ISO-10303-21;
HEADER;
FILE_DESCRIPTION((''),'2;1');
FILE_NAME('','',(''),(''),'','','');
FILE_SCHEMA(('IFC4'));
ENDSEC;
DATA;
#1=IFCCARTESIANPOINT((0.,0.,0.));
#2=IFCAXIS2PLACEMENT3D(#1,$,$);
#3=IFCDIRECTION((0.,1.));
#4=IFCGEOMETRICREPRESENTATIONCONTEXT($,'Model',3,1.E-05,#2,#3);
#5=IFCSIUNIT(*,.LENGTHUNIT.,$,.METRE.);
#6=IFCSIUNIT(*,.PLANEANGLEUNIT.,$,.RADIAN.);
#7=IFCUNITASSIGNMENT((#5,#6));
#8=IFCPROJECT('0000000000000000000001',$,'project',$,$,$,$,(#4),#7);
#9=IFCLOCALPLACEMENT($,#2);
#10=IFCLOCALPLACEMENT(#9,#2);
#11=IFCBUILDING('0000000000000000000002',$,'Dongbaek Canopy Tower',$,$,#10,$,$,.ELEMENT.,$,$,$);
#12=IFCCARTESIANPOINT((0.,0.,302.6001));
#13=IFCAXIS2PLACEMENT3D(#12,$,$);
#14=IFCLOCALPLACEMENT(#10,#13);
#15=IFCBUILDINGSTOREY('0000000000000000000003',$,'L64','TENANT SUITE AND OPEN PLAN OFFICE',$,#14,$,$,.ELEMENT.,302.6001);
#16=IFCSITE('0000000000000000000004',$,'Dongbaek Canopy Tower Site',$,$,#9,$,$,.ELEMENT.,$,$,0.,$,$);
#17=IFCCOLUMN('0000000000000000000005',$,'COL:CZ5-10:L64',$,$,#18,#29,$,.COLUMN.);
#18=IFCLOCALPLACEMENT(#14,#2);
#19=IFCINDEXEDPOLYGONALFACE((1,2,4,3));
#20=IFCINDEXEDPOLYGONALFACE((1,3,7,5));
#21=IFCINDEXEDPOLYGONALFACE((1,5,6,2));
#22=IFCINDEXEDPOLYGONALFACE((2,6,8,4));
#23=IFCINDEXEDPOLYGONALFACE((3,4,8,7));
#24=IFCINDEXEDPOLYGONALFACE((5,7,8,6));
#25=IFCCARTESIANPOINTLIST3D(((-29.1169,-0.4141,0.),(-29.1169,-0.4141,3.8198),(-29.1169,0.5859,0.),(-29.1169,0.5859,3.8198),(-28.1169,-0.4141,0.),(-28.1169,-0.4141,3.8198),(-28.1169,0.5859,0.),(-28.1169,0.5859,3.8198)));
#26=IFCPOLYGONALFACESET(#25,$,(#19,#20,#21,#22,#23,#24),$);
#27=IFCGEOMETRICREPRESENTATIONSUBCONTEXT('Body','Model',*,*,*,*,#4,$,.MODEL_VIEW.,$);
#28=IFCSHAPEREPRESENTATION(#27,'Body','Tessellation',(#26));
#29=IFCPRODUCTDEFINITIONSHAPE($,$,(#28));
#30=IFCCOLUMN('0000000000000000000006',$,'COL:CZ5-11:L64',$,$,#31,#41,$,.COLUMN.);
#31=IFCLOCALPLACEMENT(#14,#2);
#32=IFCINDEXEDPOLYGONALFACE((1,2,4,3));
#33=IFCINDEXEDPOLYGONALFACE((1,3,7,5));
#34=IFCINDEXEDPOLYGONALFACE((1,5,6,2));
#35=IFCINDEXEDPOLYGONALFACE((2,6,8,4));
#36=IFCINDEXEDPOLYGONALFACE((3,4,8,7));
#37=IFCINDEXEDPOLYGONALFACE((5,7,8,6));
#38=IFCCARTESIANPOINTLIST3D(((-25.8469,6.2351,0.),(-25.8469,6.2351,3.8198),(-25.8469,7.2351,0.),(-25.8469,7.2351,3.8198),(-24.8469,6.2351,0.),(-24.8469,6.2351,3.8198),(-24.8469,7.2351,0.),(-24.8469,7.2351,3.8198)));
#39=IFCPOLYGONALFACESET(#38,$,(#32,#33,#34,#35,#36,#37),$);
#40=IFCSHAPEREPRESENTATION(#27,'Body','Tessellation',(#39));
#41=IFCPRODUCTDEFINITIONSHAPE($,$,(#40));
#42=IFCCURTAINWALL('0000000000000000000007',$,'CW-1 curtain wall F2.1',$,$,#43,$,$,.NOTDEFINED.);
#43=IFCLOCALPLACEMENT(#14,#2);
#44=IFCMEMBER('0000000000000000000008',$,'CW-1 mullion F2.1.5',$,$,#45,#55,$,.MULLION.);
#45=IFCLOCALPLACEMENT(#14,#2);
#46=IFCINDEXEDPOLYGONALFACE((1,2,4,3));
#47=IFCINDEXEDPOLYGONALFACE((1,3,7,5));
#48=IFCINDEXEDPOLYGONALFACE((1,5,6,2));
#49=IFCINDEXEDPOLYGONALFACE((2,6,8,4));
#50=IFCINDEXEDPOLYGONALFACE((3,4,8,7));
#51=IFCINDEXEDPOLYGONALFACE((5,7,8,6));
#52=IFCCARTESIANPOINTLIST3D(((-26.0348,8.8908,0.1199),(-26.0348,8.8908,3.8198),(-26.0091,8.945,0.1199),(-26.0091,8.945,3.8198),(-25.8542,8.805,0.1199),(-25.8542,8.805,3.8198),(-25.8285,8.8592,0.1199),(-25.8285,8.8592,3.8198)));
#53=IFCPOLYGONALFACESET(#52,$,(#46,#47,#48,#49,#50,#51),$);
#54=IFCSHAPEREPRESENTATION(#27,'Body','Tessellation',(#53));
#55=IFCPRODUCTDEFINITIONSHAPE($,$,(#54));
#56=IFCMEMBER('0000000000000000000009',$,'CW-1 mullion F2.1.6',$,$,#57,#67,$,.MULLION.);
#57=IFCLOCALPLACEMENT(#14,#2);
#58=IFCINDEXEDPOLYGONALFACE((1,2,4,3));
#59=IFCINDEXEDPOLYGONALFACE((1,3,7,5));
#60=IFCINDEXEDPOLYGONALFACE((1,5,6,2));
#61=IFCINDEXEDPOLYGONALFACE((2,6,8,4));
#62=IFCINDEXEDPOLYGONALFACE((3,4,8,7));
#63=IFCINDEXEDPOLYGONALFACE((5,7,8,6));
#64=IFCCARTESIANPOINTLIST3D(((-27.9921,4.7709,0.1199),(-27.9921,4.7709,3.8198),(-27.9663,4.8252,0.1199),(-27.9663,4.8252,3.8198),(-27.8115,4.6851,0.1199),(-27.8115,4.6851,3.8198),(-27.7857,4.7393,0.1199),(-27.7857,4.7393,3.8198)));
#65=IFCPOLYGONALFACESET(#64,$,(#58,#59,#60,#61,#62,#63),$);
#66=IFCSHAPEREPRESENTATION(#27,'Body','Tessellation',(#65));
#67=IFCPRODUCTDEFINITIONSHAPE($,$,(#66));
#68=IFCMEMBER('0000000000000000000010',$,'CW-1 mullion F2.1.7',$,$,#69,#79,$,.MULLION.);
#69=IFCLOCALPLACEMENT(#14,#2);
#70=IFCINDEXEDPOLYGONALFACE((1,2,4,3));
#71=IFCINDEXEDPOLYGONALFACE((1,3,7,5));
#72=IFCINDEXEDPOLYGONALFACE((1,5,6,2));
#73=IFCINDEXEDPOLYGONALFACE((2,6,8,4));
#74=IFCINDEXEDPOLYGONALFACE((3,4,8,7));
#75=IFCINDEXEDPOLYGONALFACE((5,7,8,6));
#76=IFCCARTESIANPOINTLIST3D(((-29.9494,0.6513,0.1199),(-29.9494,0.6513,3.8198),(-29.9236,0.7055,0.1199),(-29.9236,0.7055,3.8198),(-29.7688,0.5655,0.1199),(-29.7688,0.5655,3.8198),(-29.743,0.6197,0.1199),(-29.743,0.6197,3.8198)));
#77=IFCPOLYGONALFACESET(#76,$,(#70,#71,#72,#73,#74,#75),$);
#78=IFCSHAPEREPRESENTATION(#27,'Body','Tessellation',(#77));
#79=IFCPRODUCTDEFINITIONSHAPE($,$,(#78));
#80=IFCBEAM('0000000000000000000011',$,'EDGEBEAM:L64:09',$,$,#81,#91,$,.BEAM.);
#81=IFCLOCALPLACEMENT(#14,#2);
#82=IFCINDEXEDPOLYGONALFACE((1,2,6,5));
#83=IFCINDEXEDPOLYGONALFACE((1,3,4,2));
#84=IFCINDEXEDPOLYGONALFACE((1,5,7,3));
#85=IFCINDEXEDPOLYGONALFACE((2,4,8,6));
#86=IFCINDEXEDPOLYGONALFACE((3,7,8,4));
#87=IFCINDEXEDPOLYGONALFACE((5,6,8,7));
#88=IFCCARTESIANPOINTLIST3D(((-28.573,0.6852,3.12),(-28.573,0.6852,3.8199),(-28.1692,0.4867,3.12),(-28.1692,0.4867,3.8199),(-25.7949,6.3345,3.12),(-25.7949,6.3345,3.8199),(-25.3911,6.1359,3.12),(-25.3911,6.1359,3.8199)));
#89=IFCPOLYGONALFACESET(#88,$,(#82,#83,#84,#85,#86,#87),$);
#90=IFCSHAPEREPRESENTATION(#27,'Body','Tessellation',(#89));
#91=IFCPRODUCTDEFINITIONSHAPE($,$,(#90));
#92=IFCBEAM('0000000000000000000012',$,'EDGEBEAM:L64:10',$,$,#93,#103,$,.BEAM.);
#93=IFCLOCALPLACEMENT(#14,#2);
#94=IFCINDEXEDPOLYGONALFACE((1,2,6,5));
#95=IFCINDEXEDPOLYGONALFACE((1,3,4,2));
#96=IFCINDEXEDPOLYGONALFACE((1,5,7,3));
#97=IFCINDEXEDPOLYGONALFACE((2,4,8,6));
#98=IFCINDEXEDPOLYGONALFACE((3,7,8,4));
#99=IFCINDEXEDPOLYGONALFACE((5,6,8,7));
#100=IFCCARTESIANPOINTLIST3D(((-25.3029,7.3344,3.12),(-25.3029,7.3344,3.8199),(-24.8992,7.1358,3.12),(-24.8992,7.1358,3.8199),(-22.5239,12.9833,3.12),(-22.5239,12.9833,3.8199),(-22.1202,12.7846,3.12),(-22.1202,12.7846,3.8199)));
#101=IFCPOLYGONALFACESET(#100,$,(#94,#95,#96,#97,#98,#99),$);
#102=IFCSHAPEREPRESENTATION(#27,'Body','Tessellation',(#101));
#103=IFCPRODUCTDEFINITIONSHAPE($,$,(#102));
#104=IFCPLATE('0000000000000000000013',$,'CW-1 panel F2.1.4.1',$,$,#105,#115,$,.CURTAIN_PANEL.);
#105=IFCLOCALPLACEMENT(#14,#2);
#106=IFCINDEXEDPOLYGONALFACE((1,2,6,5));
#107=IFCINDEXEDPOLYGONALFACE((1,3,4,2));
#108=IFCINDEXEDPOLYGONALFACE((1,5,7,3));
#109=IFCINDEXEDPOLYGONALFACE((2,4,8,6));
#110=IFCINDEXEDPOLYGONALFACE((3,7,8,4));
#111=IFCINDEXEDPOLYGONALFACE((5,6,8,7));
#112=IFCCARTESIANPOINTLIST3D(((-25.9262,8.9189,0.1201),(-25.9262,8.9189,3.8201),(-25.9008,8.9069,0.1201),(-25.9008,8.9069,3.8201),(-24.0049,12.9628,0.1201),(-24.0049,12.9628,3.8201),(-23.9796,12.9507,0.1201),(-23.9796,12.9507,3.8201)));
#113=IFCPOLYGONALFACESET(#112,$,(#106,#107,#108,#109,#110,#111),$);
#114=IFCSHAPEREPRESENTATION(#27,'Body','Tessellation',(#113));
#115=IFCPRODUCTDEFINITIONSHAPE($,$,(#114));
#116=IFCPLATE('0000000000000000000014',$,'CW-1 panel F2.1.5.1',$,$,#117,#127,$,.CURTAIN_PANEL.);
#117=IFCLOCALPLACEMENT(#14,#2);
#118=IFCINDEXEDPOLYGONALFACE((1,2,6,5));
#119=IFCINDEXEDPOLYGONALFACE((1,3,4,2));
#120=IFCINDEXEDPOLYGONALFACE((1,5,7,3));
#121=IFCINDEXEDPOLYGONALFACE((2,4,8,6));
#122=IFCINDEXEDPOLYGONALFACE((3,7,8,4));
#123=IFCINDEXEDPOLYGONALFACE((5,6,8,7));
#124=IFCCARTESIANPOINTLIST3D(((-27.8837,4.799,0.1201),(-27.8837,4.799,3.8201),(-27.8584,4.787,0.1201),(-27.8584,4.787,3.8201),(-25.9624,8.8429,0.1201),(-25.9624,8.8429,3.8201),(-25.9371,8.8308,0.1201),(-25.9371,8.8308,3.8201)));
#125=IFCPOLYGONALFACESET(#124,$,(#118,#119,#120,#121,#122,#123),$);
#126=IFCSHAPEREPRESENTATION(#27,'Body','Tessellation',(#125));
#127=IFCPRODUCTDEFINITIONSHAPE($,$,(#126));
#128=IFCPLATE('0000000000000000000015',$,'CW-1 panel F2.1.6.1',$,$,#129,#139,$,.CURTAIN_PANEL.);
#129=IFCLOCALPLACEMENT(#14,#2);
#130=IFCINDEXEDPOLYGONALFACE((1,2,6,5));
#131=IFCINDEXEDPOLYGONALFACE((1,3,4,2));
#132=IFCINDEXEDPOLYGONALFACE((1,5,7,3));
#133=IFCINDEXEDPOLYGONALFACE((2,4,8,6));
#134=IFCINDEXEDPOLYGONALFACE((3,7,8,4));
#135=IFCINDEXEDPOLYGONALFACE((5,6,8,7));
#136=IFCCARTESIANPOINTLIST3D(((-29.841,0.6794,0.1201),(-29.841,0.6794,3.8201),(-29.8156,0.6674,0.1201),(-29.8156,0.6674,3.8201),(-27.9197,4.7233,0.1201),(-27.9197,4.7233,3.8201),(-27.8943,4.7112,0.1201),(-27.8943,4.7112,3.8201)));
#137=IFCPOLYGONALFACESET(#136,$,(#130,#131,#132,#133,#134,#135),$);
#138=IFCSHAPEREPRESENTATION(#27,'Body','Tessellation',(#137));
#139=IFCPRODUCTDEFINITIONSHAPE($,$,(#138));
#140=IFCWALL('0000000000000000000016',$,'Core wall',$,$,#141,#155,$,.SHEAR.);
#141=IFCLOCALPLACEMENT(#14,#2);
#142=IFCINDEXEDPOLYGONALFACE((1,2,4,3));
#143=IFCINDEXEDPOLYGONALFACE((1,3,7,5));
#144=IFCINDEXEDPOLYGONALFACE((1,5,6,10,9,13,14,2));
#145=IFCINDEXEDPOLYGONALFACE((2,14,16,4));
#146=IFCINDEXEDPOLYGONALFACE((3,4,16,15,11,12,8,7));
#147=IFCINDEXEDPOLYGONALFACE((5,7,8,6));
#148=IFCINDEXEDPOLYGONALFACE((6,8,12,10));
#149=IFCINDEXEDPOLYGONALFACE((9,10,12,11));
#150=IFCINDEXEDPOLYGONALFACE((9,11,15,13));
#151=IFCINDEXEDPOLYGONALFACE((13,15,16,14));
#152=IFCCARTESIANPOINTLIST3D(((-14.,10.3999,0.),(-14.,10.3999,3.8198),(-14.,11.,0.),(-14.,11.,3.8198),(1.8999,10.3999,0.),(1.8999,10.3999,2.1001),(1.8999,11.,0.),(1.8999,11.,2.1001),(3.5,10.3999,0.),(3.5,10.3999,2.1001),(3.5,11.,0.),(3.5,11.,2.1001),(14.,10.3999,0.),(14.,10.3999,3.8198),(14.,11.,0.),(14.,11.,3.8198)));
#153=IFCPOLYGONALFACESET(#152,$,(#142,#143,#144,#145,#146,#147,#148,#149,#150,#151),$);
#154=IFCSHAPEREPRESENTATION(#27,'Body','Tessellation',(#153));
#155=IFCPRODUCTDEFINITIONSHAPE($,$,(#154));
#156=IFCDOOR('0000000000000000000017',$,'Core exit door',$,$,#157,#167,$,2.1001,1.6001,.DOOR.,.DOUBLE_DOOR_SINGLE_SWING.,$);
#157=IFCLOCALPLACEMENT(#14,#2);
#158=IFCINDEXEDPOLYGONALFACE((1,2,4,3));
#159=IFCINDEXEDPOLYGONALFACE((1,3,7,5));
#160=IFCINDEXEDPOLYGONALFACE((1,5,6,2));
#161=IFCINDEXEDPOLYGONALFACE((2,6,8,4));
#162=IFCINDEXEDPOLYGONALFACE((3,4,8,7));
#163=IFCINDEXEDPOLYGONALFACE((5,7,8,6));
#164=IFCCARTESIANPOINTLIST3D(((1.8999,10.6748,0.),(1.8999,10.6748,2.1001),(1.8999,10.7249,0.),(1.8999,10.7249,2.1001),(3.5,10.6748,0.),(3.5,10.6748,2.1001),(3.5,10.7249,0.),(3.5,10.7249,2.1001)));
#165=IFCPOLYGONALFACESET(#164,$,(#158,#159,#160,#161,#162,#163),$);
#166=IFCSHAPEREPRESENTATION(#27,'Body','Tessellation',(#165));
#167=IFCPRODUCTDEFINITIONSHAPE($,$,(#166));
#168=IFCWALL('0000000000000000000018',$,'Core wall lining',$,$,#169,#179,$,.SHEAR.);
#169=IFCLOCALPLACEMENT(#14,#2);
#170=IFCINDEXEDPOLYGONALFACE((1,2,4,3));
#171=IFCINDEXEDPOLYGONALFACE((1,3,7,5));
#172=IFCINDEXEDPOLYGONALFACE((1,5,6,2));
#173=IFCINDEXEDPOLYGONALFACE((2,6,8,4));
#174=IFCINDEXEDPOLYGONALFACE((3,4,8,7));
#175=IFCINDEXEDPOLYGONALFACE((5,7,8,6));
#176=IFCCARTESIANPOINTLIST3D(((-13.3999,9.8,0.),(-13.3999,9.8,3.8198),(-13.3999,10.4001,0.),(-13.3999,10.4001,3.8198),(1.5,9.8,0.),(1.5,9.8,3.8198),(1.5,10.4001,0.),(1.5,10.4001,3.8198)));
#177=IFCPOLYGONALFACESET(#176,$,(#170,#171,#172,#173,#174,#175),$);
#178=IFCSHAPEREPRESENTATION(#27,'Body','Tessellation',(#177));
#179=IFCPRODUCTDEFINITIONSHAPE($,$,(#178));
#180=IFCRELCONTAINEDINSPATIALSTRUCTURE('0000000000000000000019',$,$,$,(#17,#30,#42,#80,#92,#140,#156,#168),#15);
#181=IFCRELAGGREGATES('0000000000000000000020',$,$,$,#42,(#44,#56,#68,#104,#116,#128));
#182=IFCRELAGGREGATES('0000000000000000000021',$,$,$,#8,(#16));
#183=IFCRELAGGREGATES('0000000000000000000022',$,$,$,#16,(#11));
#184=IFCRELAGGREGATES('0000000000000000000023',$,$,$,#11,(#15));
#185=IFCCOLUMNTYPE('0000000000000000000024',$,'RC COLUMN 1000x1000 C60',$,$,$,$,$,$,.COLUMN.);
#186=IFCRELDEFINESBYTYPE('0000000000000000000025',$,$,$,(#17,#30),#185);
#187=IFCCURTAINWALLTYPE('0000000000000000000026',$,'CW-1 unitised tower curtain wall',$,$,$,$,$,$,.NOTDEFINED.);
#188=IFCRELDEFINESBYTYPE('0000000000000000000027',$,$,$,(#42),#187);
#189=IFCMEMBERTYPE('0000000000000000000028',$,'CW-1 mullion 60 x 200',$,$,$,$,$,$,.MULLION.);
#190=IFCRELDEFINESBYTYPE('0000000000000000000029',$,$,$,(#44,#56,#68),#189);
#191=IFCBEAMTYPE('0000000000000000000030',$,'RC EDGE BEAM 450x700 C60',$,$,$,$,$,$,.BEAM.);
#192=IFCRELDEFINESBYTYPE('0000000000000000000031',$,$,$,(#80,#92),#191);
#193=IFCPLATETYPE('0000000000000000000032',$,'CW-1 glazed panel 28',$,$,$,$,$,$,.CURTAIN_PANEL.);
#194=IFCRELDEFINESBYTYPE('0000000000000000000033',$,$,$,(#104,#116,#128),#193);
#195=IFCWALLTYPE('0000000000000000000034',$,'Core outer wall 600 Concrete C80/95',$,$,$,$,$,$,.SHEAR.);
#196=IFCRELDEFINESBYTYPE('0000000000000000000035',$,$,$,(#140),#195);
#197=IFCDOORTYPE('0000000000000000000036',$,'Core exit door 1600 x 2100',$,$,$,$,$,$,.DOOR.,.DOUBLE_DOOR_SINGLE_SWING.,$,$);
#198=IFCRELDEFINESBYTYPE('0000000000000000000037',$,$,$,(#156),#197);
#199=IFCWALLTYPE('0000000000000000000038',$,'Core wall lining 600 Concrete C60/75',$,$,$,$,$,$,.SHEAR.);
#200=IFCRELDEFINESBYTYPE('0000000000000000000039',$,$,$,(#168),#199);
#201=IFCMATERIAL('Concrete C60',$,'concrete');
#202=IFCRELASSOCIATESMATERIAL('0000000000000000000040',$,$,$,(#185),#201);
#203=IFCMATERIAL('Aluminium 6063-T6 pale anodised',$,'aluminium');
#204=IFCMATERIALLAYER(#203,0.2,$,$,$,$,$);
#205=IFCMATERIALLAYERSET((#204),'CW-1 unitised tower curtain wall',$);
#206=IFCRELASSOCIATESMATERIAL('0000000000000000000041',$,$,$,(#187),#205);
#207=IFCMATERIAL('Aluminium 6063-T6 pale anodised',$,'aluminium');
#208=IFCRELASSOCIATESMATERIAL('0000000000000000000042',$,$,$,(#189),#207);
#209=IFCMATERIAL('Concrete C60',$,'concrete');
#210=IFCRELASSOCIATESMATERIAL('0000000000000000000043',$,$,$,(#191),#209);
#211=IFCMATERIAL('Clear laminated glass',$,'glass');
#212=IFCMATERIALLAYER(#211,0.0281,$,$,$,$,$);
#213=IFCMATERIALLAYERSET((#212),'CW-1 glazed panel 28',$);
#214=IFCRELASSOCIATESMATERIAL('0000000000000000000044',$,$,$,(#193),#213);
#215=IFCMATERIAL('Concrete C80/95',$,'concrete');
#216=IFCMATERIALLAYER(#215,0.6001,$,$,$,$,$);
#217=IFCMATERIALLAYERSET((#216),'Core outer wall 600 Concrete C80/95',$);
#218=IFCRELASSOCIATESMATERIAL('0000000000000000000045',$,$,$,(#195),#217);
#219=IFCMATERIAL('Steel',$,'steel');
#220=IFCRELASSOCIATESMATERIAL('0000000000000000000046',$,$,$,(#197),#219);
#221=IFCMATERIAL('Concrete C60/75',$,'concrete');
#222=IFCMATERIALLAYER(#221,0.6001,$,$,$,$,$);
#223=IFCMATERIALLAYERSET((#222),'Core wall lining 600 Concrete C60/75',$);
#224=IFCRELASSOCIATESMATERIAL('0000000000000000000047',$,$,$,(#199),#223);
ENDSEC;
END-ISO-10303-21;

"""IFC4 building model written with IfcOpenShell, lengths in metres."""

from ifc_helpers import new_model, si_unit, direction, frame, frame_2d, origin, origin_2d, place, context, subcontext, project, spatial, rectangle, extrude, material, layer, layer_set, material_profile, profile_set, type_object, element, fill, aggregate, save


model = new_model("IFC4")

# Units and contexts
model_context = context("Model", 3, precision=1e-05, world=origin(), true_north=direction((0.0, 1.0)))
body_context = subcontext(model_context, "Body", "Model", "MODEL_VIEW")
ifc_project = project(units=[si_unit("LENGTHUNIT", "METRE"), si_unit("PLANEANGLEUNIT", "RADIAN")], contexts=[model_context])

# Site, building, storey
site_placement = place(None, origin())
site = spatial("IfcSite", under=ifc_project, at=site_placement, Name="Dongbaek Canopy Tower Site", CompositionType="ELEMENT", RefElevation=0.0)
building_placement = place(site_placement, origin())
building = spatial("IfcBuilding", under=site, at=building_placement, Name="Dongbaek Canopy Tower", CompositionType="ELEMENT")
storey_placement = place(building_placement, frame((0.0, 0.0, 302.6001)))
storey = spatial("IfcBuildingStorey", under=building, at=storey_placement, Name="L64", Description="TENANT SUITE AND OPEN PLAN OFFICE", CompositionType="ELEMENT", Elevation=302.6001)

# Columns
ifc_material_1 = material(Name="Concrete C60", Category="concrete")
ifc_material_profile_1 = material_profile(ifc_material_1, rectangle(XDim=1.0, YDim=1.0, at=origin_2d()), Name="RC COLUMN 1000x1000 C60")
ifc_profile_set_1 = profile_set([ifc_material_profile_1], Name="Concrete C60")
column_type = type_object("IfcColumnType", Name="RC COLUMN 1000x1000 C60", PredefinedType="COLUMN", material=ifc_profile_set_1)
for number, where, z_axis, x_axis, name in (
    (1, (-28.6169, 0.0859, 0.0), (0.0, 0.0, 1.0), (1.0, 0.0, 0.0), "COL:CZ5-10:L64"),
    (2, (-25.3469, 6.7351, 0.0), (0.0, 0.0, 1.0), (1.0, 0.0, 0.0), "COL:CZ5-11:L64"),
):
    element("IfcColumn", number, at=place(storey_placement, frame(where, z_axis=z_axis, x_axis=x_axis)), inside=storey, type_object=column_type, Name=name, PredefinedType="COLUMN", context=body_context, shape_type="SweptSolid", body=[
        extrude(rectangle(XDim=1.0, YDim=1.0, at=origin_2d()), origin(), (0.0, 0.0, 1.0), 3.8198),
    ])

# Curtain wall, members
ifc_material_2 = material(Name="Aluminium 6063-T6 pale anodised", Category="aluminium")
ifc_layer_1 = layer(ifc_material_2, 0.2)
ifc_layer_set_1 = layer_set([ifc_layer_1], Name="CW-1 unitised tower curtain wall")
curtain_wall_type = type_object("IfcCurtainWallType", Name="CW-1 unitised tower curtain wall", PredefinedType="NOTDEFINED", material=ifc_layer_set_1)
curtain_wall_placement = place(storey_placement, origin())
curtain_wall = element("IfcCurtainWall", 3, at=curtain_wall_placement, inside=storey, type_object=curtain_wall_type, Name="CW-1 curtain wall F2.1", PredefinedType="NOTDEFINED")
ifc_material_3 = material(Name="Aluminium 6063-T6 pale anodised", Category="aluminium")
ifc_material_profile_2 = material_profile(ifc_material_3, rectangle(XDim=0.2, YDim=0.0601, at=origin_2d()), Name="CW-1 mullion 60 x 200")
ifc_profile_set_2 = profile_set([ifc_material_profile_2], Name="Aluminium 6063-T6 pale anodised")
member_type = type_object("IfcMemberType", Name="CW-1 mullion 60 x 200", PredefinedType="MULLION", material=ifc_profile_set_2)
member_1_placement = place(storey_placement, frame((-25.9316, 8.875, 0.1199), z_axis=(0.0, 0.0, 1.0), x_axis=(-0.903236, 0.429143, 0.0)))
member_1 = element("IfcMember", 4, at=member_1_placement, type_object=member_type, Name="CW-1 mullion F2.1.5", PredefinedType="MULLION", context=body_context, shape_type="SweptSolid", body=[
    extrude(rectangle(XDim=0.2, YDim=0.0601, at=origin_2d()), origin(), (0.0, 0.0, 1.0), 3.7),
])
member_2_placement = place(storey_placement, frame((-27.8889, 4.7551, 0.1199), z_axis=(0.0, 0.0, 1.0), x_axis=(-0.903236, 0.429143, 0.0)))
member_2 = element("IfcMember", 5, at=member_2_placement, type_object=member_type, Name="CW-1 mullion F2.1.6", PredefinedType="MULLION", context=body_context, shape_type="SweptSolid", body=[
    extrude(rectangle(XDim=0.2, YDim=0.0601, at=origin_2d()), origin(), (0.0, 0.0, 1.0), 3.7),
])
member_3_placement = place(storey_placement, frame((-29.8462, 0.6355, 0.1199), z_axis=(0.0, 0.0, 1.0), x_axis=(-0.903236, 0.429143, 0.0)))
member_3 = element("IfcMember", 6, at=member_3_placement, type_object=member_type, Name="CW-1 mullion F2.1.7", PredefinedType="MULLION", context=body_context, shape_type="SweptSolid", body=[
    extrude(rectangle(XDim=0.2, YDim=0.0601, at=origin_2d()), origin(), (0.0, 0.0, 1.0), 3.7),
])

# Beams
ifc_material_4 = material(Name="Concrete C60", Category="concrete")
ifc_material_profile_3 = material_profile(ifc_material_4, rectangle(XDim=0.45, YDim=0.7, at=origin_2d()), Name="RC EDGE BEAM 450x700 C60")
ifc_profile_set_3 = profile_set([ifc_material_profile_3], Name="Concrete C60")
beam_type = type_object("IfcBeamType", Name="RC EDGE BEAM 450x700 C60", PredefinedType="BEAM", material=ifc_profile_set_3)
for number, where, z_axis, x_axis, name in (
    (7, (-28.3711, 0.5859, 3.47), (0.441294, 0.897363, 0.0), (-0.897363, 0.441294, 0.0), "EDGEBEAM:L64:09"),
    (8, (-25.1011, 7.2351, 3.47), (0.441434, 0.897294, 0.0), (-0.897294, 0.441434, 0.0), "EDGEBEAM:L64:10"),
):
    element("IfcBeam", number, at=place(storey_placement, frame(where, z_axis=z_axis, x_axis=x_axis)), inside=storey, type_object=beam_type, Name=name, PredefinedType="BEAM", context=body_context, shape_type="SweptSolid", body=[
        extrude(rectangle(XDim=0.45, YDim=0.7, at=origin_2d()), origin(), (0.0, 0.0, 1.0), 6.2954),
    ])

# Plates
ifc_material_5 = material(Name="Clear laminated glass", Category="glass")
ifc_layer_2 = layer(ifc_material_5, 0.0281)
ifc_layer_set_2 = layer_set([ifc_layer_2], Name="CW-1 glazed panel 28")
plate_type = type_object("IfcPlateType", Name="CW-1 glazed panel 28", PredefinedType="CURTAIN_PANEL", material=ifc_layer_set_2)
plate_1_placement = place(storey_placement, frame((-24.9529, 10.9348, 0.1201), z_axis=(0.0, 0.0, 1.0), x_axis=(-0.429143, -0.903236, 0.0)))
plate_1 = element("IfcPlate", 9, at=plate_1_placement, type_object=plate_type, Name="CW-1 panel F2.1.4.1", PredefinedType="CURTAIN_PANEL", context=body_context, shape_type="SweptSolid", body=[
    extrude(rectangle(XDim=4.4771, YDim=0.0281, at=origin_2d()), origin(), (0.0, 0.0, 1.0), 3.7),
])
plate_2_placement = place(storey_placement, frame((-26.9104, 6.8149, 0.1201), z_axis=(0.0, 0.0, 1.0), x_axis=(-0.429143, -0.903236, 0.0)))
plate_2 = element("IfcPlate", 10, at=plate_2_placement, type_object=plate_type, Name="CW-1 panel F2.1.5.1", PredefinedType="CURTAIN_PANEL", context=body_context, shape_type="SweptSolid", body=[
    extrude(rectangle(XDim=4.4771, YDim=0.0281, at=origin_2d()), origin(), (0.0, 0.0, 1.0), 3.7),
])
plate_3_placement = place(storey_placement, frame((-28.8677, 2.6953, 0.1201), z_axis=(0.0, 0.0, 1.0), x_axis=(-0.429143, -0.903236, 0.0)))
plate_3 = element("IfcPlate", 11, at=plate_3_placement, type_object=plate_type, Name="CW-1 panel F2.1.6.1", PredefinedType="CURTAIN_PANEL", context=body_context, shape_type="SweptSolid", body=[
    extrude(rectangle(XDim=4.4771, YDim=0.0281, at=origin_2d()), origin(), (0.0, 0.0, 1.0), 3.7),
])

# Wall, opening, door
ifc_material_6 = material(Name="Concrete C80/95", Category="concrete")
ifc_layer_3 = layer(ifc_material_6, 0.6001)
ifc_layer_set_3 = layer_set([ifc_layer_3], Name="Core outer wall 600 Concrete C80/95")
wall_type_1 = type_object("IfcWallType", Name="Core outer wall 600 Concrete C80/95", PredefinedType="SHEAR", material=ifc_layer_set_3)
wall_1_placement = place(storey_placement, frame((-14.0, 10.7, 0.0), z_axis=(0.0, 0.0, 1.0), x_axis=(1.0, 0.0, 0.0)))
wall_1 = element("IfcWall", 12, at=wall_1_placement, inside=storey, type_object=wall_type_1, Name="Core wall", PredefinedType="SHEAR", context=body_context, shape_type="SweptSolid", body=[
    extrude(rectangle(XDim=28.0, YDim=0.6001, at=frame_2d((14.0, 0.0))), origin(), (0.0, 0.0, 1.0), 3.8198),
])
opening_placement = place(wall_1_placement, frame((15.8999, 0.0, 0.0)))
opening = element("IfcOpeningElement", 13, at=opening_placement, cuts=wall_1, PredefinedType="OPENING", context=body_context, shape_type="SweptSolid", body=[
    extrude(rectangle(XDim=1.6001, YDim=2.1001, at=frame_2d((0.8, 1.05))), frame((0.0, 0.3101, 0.0), z_axis=(0.0, -1.0, 0.0), x_axis=(1.0, 0.0, 0.0)), (0.0, 0.0, 1.0), 0.6201),
])
ifc_material_7 = material(Name="Steel", Category="steel")
door_type = type_object("IfcDoorType", Name="Core exit door 1600 x 2100", OperationType="DOUBLE_DOOR_SINGLE_SWING", PredefinedType="DOOR", material=ifc_material_7)
door_placement = place(opening_placement, origin())
door = element("IfcDoor", 14, at=door_placement, inside=storey, type_object=door_type, Name="Core exit door", OperationType="DOUBLE_DOOR_SINGLE_SWING", OverallHeight=2.1001, OverallWidth=1.6001, PredefinedType="DOOR", context=body_context, shape_type="SweptSolid", body=[
    extrude(rectangle(XDim=1.6001, YDim=2.1001, at=frame_2d((0.8, 1.05))), frame((0.0, 0.0249, 0.0), z_axis=(0.0, -1.0, 0.0), x_axis=(1.0, 0.0, 0.0)), (0.0, 0.0, 1.0), 0.05),
])
fill(opening, door)

# Wall
ifc_material_8 = material(Name="Concrete C60/75", Category="concrete")
ifc_layer_4 = layer(ifc_material_8, 0.6001)
ifc_layer_set_4 = layer_set([ifc_layer_4], Name="Core wall lining 600 Concrete C60/75")
wall_type_2 = type_object("IfcWallType", Name="Core wall lining 600 Concrete C60/75", PredefinedType="SHEAR", material=ifc_layer_set_4)
wall_2_placement = place(storey_placement, frame((-13.3999, 10.1001, 0.0), z_axis=(0.0, 0.0, 1.0), x_axis=(1.0, 0.0, 0.0)))
element("IfcWall", 15, at=wall_2_placement, inside=storey, type_object=wall_type_2, Name="Core wall lining", PredefinedType="SHEAR", context=body_context, shape_type="SweptSolid", body=[
    extrude(rectangle(XDim=14.8999, YDim=0.6001, at=frame_2d((7.45, 0.0))), origin(), (0.0, 0.0, 1.0), 3.8198),
])

aggregate(curtain_wall, [member_1, member_2, member_3, plate_1, plate_2, plate_3])

save(model, "model.ifc")
